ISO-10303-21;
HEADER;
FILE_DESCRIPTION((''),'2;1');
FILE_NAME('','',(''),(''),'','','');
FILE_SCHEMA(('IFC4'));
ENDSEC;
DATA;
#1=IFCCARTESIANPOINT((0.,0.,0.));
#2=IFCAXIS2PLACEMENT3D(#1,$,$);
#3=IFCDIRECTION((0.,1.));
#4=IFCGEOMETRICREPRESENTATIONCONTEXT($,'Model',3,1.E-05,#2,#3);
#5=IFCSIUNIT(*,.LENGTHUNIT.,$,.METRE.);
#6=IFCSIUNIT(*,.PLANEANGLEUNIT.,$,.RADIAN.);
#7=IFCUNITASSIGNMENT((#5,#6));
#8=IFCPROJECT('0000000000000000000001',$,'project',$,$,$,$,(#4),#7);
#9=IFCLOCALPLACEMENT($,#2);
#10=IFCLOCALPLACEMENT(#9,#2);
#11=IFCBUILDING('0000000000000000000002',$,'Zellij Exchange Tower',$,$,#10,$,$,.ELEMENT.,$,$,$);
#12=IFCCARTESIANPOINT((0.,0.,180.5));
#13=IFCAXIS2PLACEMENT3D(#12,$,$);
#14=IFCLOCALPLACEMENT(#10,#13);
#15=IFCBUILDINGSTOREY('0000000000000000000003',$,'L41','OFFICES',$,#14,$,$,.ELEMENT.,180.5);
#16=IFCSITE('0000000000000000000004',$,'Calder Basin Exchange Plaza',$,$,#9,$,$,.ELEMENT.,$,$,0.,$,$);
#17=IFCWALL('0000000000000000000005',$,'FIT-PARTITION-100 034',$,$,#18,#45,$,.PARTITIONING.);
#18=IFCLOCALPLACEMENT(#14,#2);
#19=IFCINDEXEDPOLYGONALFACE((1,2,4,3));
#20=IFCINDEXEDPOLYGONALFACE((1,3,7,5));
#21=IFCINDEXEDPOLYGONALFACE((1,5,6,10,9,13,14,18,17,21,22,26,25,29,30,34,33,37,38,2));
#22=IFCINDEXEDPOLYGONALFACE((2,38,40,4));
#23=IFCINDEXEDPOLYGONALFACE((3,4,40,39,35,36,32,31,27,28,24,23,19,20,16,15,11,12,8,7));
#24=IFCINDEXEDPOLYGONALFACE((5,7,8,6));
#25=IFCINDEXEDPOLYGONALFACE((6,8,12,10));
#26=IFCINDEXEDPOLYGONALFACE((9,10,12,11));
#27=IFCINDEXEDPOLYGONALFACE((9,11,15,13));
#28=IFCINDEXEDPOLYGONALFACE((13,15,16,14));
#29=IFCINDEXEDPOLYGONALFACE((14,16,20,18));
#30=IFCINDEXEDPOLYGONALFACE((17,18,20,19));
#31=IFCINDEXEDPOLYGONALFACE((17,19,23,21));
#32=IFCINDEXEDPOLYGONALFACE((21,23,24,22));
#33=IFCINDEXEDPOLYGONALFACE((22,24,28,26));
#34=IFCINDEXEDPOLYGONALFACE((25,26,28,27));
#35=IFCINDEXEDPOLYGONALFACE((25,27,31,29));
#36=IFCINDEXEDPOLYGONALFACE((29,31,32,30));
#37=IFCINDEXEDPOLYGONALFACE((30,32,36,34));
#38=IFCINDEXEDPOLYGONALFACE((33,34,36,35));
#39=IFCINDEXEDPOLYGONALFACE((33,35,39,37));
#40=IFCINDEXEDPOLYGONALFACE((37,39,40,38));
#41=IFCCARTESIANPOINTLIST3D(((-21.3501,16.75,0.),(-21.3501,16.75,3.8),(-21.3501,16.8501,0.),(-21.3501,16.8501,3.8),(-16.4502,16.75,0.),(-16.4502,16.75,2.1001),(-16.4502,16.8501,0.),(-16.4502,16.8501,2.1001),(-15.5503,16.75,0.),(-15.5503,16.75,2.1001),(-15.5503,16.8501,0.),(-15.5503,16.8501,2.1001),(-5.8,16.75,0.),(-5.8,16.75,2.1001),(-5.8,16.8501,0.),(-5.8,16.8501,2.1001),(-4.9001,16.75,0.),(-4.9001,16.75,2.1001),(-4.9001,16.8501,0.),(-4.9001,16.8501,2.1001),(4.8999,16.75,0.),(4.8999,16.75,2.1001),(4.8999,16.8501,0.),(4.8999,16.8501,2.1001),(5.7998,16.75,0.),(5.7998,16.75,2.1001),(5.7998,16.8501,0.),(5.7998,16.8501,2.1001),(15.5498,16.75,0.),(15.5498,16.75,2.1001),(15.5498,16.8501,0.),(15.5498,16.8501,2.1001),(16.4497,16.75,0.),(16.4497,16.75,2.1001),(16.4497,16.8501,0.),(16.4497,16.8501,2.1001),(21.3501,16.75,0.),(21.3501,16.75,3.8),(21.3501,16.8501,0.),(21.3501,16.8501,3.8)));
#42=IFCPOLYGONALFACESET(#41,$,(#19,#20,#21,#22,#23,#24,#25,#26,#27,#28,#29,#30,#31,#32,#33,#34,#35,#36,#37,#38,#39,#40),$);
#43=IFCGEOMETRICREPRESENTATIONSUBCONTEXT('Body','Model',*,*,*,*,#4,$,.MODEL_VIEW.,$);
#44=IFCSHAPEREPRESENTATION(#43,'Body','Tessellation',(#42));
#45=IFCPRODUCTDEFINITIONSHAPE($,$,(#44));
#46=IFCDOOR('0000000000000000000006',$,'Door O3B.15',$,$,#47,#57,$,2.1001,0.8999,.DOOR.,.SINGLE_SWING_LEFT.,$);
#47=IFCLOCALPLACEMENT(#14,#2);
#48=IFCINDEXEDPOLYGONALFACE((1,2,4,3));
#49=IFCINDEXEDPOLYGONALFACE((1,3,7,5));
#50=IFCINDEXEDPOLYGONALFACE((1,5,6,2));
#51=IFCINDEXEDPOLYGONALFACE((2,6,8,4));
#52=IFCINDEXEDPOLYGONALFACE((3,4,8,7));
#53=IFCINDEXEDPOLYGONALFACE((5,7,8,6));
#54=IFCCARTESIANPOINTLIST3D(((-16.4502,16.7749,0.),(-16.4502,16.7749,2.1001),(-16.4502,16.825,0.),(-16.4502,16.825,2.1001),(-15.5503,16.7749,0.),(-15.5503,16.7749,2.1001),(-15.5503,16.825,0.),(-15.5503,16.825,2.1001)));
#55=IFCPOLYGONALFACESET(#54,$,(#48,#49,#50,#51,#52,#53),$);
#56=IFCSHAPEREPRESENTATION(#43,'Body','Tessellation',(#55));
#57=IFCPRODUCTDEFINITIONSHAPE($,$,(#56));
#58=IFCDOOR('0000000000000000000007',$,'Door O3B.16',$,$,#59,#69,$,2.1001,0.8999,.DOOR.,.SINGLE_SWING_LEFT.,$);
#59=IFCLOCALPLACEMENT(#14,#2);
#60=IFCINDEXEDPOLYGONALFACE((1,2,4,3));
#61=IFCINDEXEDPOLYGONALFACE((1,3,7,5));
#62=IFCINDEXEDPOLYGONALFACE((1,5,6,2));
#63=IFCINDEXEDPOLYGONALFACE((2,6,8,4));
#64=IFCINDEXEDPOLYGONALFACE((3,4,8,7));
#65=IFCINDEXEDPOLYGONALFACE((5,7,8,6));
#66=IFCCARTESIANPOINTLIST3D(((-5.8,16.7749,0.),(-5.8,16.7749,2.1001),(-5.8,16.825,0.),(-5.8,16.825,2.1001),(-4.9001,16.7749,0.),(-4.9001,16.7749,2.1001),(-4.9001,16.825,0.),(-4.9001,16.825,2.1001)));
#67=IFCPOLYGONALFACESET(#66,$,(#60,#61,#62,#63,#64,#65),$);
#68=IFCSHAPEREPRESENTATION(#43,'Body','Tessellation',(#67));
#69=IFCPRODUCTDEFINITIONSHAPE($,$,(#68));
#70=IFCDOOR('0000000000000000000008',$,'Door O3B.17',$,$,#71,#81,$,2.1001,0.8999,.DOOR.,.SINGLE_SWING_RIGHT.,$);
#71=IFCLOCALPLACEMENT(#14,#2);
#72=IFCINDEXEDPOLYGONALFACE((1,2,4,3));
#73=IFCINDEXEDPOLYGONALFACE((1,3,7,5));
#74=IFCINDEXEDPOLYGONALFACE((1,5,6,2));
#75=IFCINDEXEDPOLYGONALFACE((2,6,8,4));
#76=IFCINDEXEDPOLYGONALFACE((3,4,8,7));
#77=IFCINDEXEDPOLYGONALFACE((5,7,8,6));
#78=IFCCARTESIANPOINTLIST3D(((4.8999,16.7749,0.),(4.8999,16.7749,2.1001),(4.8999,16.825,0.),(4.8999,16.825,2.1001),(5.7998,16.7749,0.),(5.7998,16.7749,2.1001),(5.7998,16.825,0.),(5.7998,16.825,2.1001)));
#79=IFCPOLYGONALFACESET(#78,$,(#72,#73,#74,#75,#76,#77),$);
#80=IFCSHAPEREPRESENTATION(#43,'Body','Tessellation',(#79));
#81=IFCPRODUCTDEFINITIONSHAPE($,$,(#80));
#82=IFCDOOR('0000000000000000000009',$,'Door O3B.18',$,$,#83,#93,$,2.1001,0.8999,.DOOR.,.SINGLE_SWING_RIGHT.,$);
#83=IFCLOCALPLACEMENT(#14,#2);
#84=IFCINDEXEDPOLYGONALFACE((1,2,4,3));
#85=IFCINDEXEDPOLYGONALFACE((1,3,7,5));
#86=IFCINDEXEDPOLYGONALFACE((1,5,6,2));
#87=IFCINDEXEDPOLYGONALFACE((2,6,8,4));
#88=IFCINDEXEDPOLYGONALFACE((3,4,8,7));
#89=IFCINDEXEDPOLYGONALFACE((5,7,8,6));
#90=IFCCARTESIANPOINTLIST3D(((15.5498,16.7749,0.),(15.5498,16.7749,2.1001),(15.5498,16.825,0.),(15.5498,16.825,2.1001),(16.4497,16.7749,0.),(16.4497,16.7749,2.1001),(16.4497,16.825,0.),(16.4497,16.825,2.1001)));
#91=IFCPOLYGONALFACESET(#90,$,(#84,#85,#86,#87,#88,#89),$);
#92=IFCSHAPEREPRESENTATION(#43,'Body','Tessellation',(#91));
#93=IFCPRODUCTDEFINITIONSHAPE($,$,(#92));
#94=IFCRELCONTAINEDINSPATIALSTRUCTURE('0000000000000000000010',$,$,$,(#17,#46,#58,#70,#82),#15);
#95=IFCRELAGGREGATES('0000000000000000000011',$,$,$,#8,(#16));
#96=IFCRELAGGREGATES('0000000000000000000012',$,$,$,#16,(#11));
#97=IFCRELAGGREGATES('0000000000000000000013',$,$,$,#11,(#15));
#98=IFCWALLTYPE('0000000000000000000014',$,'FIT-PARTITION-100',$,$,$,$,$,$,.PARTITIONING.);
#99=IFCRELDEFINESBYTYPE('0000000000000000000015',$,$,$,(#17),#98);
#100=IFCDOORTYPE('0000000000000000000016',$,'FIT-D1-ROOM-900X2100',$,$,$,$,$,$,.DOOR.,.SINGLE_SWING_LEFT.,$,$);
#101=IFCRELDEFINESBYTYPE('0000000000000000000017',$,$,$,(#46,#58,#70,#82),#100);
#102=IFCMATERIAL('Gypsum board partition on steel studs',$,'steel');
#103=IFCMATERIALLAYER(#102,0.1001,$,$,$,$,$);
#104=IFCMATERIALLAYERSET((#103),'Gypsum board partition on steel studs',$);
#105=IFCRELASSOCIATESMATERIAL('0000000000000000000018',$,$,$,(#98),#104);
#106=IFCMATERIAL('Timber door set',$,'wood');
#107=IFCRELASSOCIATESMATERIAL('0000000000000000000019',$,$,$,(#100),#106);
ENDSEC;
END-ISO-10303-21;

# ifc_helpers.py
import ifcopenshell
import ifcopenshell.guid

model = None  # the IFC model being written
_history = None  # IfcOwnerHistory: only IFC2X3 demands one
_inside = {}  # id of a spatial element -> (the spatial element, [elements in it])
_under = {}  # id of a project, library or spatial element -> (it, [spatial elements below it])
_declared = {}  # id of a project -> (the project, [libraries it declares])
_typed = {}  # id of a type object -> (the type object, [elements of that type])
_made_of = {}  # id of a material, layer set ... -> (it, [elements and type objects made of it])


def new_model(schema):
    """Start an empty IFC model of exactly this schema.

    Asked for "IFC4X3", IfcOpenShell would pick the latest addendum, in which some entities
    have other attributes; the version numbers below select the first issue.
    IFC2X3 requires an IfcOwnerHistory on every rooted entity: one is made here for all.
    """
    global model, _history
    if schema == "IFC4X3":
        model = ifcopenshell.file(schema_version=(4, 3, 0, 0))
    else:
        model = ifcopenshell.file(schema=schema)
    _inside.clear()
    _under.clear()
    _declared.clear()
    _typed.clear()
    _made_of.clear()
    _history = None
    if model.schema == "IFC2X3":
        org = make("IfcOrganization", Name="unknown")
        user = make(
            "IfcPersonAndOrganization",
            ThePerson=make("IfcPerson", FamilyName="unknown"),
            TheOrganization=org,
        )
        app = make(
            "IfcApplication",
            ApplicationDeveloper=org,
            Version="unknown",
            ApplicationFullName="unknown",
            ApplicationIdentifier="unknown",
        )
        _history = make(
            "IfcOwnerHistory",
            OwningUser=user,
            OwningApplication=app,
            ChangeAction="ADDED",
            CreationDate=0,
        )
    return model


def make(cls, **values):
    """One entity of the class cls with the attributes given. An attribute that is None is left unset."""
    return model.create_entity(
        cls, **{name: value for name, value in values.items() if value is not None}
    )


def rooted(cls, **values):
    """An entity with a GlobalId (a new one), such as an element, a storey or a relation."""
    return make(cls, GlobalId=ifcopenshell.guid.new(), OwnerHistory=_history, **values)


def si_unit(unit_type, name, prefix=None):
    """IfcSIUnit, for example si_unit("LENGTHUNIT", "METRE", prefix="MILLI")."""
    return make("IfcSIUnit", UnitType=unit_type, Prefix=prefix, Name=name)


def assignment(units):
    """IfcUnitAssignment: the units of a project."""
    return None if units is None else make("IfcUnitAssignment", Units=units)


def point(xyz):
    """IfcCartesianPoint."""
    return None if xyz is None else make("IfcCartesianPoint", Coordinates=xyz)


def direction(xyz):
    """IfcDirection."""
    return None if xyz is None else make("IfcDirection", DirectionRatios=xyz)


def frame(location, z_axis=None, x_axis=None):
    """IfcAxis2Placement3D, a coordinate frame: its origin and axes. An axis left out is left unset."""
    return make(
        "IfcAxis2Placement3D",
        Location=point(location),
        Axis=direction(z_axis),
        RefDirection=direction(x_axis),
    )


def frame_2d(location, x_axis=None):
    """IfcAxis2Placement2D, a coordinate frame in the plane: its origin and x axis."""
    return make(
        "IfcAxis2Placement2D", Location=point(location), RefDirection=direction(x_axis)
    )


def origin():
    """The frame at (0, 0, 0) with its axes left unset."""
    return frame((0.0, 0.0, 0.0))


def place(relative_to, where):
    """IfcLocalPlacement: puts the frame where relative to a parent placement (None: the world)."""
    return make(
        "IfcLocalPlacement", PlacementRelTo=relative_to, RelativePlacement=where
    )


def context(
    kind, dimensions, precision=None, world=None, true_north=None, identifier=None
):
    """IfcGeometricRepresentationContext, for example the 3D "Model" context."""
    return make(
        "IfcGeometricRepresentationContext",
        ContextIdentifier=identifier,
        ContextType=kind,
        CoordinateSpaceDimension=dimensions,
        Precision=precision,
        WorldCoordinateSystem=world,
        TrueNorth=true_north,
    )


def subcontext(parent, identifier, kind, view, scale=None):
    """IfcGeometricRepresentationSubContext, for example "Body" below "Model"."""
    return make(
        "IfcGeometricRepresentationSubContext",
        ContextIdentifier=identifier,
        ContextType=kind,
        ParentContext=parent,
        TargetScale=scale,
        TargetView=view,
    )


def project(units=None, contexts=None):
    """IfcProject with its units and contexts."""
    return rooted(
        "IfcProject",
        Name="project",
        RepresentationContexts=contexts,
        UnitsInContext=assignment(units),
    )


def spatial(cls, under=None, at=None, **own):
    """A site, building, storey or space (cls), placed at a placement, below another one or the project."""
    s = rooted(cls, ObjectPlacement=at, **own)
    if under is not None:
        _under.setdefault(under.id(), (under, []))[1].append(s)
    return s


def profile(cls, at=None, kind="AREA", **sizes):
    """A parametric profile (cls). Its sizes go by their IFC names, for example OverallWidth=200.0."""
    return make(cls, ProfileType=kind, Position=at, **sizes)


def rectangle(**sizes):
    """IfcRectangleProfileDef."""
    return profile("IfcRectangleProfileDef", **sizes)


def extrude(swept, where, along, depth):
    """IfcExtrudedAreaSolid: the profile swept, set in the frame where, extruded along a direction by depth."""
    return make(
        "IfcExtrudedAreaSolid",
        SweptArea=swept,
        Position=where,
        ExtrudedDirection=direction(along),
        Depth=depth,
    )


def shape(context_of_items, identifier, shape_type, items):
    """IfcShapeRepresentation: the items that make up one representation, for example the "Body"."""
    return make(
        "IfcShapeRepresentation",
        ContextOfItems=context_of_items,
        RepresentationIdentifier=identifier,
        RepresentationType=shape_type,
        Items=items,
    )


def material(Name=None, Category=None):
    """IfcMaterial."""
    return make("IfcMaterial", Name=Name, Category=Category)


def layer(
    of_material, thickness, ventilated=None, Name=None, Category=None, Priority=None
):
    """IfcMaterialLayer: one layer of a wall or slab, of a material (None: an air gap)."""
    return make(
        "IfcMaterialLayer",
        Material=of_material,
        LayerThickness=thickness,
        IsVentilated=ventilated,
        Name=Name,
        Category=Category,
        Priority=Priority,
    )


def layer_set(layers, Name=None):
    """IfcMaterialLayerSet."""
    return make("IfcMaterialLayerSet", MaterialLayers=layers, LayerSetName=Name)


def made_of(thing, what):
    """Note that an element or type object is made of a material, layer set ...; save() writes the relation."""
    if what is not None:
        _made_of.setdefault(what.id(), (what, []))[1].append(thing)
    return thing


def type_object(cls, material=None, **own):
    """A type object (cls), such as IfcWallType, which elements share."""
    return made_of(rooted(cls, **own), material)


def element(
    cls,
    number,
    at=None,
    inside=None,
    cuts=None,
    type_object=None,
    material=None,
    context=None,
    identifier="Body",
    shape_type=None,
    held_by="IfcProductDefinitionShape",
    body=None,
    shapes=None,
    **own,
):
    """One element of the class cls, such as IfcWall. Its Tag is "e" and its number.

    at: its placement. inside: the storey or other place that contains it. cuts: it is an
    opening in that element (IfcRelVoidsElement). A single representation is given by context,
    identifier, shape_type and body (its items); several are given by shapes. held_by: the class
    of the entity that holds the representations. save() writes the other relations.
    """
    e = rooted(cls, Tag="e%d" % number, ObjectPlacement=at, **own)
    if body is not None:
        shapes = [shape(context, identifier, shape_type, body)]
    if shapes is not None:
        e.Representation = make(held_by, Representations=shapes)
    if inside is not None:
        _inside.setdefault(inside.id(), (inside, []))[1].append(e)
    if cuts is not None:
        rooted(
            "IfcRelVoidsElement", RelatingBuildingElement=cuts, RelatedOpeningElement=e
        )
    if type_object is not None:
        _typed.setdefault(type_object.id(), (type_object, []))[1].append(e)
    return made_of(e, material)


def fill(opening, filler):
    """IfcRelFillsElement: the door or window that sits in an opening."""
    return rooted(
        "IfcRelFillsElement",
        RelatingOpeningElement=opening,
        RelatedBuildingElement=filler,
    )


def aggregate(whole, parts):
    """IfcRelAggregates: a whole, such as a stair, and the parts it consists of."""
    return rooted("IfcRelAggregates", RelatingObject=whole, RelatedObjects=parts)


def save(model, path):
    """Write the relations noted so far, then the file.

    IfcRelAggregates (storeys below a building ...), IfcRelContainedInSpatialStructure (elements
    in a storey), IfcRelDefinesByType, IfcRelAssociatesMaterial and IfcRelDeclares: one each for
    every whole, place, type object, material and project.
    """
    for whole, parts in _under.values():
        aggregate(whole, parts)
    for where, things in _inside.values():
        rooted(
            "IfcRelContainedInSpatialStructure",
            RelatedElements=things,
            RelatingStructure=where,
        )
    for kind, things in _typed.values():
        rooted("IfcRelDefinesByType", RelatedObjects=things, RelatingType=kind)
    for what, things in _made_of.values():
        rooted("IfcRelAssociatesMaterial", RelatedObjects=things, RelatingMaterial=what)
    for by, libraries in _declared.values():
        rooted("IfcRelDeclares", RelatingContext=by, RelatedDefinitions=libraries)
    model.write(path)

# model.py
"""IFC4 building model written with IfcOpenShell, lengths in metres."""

from ifc_helpers import new_model, si_unit, direction, frame, frame_2d, origin, place, context, subcontext, project, spatial, rectangle, extrude, material, layer, layer_set, type_object, element, fill, save


model = new_model("IFC4")

# Units and contexts
model_context = context("Model", 3, precision=1e-05, world=origin(), true_north=direction((0.0, 1.0)))
body_context = subcontext(model_context, "Body", "Model", "MODEL_VIEW")
ifc_project = project(units=[si_unit("LENGTHUNIT", "METRE"), si_unit("PLANEANGLEUNIT", "RADIAN")], contexts=[model_context])

# Site, building, storey
site_placement = place(None, origin())
site = spatial("IfcSite", under=ifc_project, at=site_placement, Name="Calder Basin Exchange Plaza", CompositionType="ELEMENT", RefElevation=0.0)
building_placement = place(site_placement, origin())
building = spatial("IfcBuilding", under=site, at=building_placement, Name="Zellij Exchange Tower", CompositionType="ELEMENT")
storey_placement = place(building_placement, frame((0.0, 0.0, 180.5)))
storey = spatial("IfcBuildingStorey", under=building, at=storey_placement, Name="L41", Description="OFFICES", CompositionType="ELEMENT", Elevation=180.5)

# Shared definitions
ifc_material_1 = material(Name="Gypsum board partition on steel studs", Category="steel")
ifc_layer_1 = layer(ifc_material_1, 0.1001)
ifc_layer_set_1 = layer_set([ifc_layer_1], Name="Gypsum board partition on steel studs")
wall_type_1 = type_object("IfcWallType", Name="FIT-PARTITION-100", PredefinedType="PARTITIONING", material=ifc_layer_set_1)

# Wall, openings, doors
wall_1_placement = place(storey_placement, frame((-21.3501, 16.8, 0.0), z_axis=(0.0, 0.0, 1.0), x_axis=(1.0, 0.0, 0.0)))
wall_1 = element("IfcWall", 1, at=wall_1_placement, inside=storey, type_object=wall_type_1, Name="FIT-PARTITION-100 034", PredefinedType="PARTITIONING", context=body_context, shape_type="SweptSolid", body=[
    extrude(rectangle(XDim=42.7002, YDim=0.1001, at=frame_2d((21.3501, 0.0))), origin(), (0.0, 0.0, 1.0), 3.8),
])
opening_1_placement = place(wall_1_placement, frame((4.8999, 0.0, 0.0)))
opening_1 = element("IfcOpeningElement", 2, at=opening_1_placement, cuts=wall_1, PredefinedType="OPENING", context=body_context, shape_type="SweptSolid", body=[
    extrude(rectangle(XDim=0.8999, YDim=2.1001, at=frame_2d((0.45, 1.05))), frame((0.0, 0.062, 0.0), z_axis=(0.0, -1.0, 0.0), x_axis=(1.0, 0.0, 0.0)), (0.0, 0.0, 1.0), 0.124),
])
opening_2_placement = place(wall_1_placement, frame((15.55, 0.0, 0.0)))
opening_2 = element("IfcOpeningElement", 3, at=opening_2_placement, cuts=wall_1, PredefinedType="OPENING", context=body_context, shape_type="SweptSolid", body=[
    extrude(rectangle(XDim=0.8999, YDim=2.1001, at=frame_2d((0.45, 1.05))), frame((0.0, 0.062, 0.0), z_axis=(0.0, -1.0, 0.0), x_axis=(1.0, 0.0, 0.0)), (0.0, 0.0, 1.0), 0.124),
])
opening_3_placement = place(wall_1_placement, frame((26.25, 0.0, 0.0)))
opening_3 = element("IfcOpeningElement", 4, at=opening_3_placement, cuts=wall_1, PredefinedType="OPENING", context=body_context, shape_type="SweptSolid", body=[
    extrude(rectangle(XDim=0.8999, YDim=2.1001, at=frame_2d((0.45, 1.05))), frame((0.0, 0.062, 0.0), z_axis=(0.0, -1.0, 0.0), x_axis=(1.0, 0.0, 0.0)), (0.0, 0.0, 1.0), 0.124),
])
opening_4_placement = place(wall_1_placement, frame((36.8999, 0.0, 0.0)))
opening_4 = element("IfcOpeningElement", 5, at=opening_4_placement, cuts=wall_1, PredefinedType="OPENING", context=body_context, shape_type="SweptSolid", body=[
    extrude(rectangle(XDim=0.8999, YDim=2.1001, at=frame_2d((0.45, 1.05))), frame((0.0, 0.062, 0.0), z_axis=(0.0, -1.0, 0.0), x_axis=(1.0, 0.0, 0.0)), (0.0, 0.0, 1.0), 0.124),
])
ifc_material_2 = material(Name="Timber door set", Category="wood")
door_type_1 = type_object("IfcDoorType", Name="FIT-D1-ROOM-900X2100", OperationType="SINGLE_SWING_LEFT", PredefinedType="DOOR", material=ifc_material_2)
door_1_placement = place(opening_1_placement, origin())
door_1 = element("IfcDoor", 6, at=door_1_placement, inside=storey, type_object=door_type_1, Name="Door O3B.15", OperationType="SINGLE_SWING_LEFT", OverallHeight=2.1001, OverallWidth=0.8999, PredefinedType="DOOR", context=body_context, shape_type="SweptSolid", body=[
    extrude(rectangle(XDim=0.8999, YDim=2.1001, at=frame_2d((0.45, 1.05))), frame((0.0, 0.0249, 0.0), z_axis=(0.0, -1.0, 0.0), x_axis=(1.0, 0.0, 0.0)), (0.0, 0.0, 1.0), 0.05),
])
fill(opening_1, door_1)
door_2_placement = place(opening_2_placement, origin())
door_2 = element("IfcDoor", 7, at=door_2_placement, inside=storey, type_object=door_type_1, Name="Door O3B.16", OperationType="SINGLE_SWING_LEFT", OverallHeight=2.1001, OverallWidth=0.8999, PredefinedType="DOOR", context=body_context, shape_type="SweptSolid", body=[
    extrude(rectangle(XDim=0.8999, YDim=2.1001, at=frame_2d((0.45, 1.05))), frame((0.0, 0.0249, 0.0), z_axis=(0.0, -1.0, 0.0), x_axis=(1.0, 0.0, 0.0)), (0.0, 0.0, 1.0), 0.05),
])
fill(opening_2, door_2)
door_3_placement = place(opening_3_placement, origin())
door_3 = element("IfcDoor", 8, at=door_3_placement, inside=storey, type_object=door_type_1, Name="Door O3B.17", OperationType="SINGLE_SWING_RIGHT", OverallHeight=2.1001, OverallWidth=0.8999, PredefinedType="DOOR", context=body_context, shape_type="SweptSolid", body=[
    extrude(rectangle(XDim=0.8999, YDim=2.1001, at=frame_2d((0.45, 1.05))), frame((0.0, 0.0249, 0.0), z_axis=(0.0, -1.0, 0.0), x_axis=(1.0, 0.0, 0.0)), (0.0, 0.0, 1.0), 0.05),
])
fill(opening_3, door_3)
door_4_placement = place(opening_4_placement, origin())
door_4 = element("IfcDoor", 9, at=door_4_placement, inside=storey, type_object=door_type_1, Name="Door O3B.18", OperationType="SINGLE_SWING_RIGHT", OverallHeight=2.1001, OverallWidth=0.8999, PredefinedType="DOOR", context=body_context, shape_type="SweptSolid", body=[
    extrude(rectangle(XDim=0.8999, YDim=2.1001, at=frame_2d((0.45, 1.05))), frame((0.0, 0.0249, 0.0), z_axis=(0.0, -1.0, 0.0), x_axis=(1.0, 0.0, 0.0)), (0.0, 0.0, 1.0), 0.05),
])
fill(opening_4, door_4)

save(model, "model.ifc")
